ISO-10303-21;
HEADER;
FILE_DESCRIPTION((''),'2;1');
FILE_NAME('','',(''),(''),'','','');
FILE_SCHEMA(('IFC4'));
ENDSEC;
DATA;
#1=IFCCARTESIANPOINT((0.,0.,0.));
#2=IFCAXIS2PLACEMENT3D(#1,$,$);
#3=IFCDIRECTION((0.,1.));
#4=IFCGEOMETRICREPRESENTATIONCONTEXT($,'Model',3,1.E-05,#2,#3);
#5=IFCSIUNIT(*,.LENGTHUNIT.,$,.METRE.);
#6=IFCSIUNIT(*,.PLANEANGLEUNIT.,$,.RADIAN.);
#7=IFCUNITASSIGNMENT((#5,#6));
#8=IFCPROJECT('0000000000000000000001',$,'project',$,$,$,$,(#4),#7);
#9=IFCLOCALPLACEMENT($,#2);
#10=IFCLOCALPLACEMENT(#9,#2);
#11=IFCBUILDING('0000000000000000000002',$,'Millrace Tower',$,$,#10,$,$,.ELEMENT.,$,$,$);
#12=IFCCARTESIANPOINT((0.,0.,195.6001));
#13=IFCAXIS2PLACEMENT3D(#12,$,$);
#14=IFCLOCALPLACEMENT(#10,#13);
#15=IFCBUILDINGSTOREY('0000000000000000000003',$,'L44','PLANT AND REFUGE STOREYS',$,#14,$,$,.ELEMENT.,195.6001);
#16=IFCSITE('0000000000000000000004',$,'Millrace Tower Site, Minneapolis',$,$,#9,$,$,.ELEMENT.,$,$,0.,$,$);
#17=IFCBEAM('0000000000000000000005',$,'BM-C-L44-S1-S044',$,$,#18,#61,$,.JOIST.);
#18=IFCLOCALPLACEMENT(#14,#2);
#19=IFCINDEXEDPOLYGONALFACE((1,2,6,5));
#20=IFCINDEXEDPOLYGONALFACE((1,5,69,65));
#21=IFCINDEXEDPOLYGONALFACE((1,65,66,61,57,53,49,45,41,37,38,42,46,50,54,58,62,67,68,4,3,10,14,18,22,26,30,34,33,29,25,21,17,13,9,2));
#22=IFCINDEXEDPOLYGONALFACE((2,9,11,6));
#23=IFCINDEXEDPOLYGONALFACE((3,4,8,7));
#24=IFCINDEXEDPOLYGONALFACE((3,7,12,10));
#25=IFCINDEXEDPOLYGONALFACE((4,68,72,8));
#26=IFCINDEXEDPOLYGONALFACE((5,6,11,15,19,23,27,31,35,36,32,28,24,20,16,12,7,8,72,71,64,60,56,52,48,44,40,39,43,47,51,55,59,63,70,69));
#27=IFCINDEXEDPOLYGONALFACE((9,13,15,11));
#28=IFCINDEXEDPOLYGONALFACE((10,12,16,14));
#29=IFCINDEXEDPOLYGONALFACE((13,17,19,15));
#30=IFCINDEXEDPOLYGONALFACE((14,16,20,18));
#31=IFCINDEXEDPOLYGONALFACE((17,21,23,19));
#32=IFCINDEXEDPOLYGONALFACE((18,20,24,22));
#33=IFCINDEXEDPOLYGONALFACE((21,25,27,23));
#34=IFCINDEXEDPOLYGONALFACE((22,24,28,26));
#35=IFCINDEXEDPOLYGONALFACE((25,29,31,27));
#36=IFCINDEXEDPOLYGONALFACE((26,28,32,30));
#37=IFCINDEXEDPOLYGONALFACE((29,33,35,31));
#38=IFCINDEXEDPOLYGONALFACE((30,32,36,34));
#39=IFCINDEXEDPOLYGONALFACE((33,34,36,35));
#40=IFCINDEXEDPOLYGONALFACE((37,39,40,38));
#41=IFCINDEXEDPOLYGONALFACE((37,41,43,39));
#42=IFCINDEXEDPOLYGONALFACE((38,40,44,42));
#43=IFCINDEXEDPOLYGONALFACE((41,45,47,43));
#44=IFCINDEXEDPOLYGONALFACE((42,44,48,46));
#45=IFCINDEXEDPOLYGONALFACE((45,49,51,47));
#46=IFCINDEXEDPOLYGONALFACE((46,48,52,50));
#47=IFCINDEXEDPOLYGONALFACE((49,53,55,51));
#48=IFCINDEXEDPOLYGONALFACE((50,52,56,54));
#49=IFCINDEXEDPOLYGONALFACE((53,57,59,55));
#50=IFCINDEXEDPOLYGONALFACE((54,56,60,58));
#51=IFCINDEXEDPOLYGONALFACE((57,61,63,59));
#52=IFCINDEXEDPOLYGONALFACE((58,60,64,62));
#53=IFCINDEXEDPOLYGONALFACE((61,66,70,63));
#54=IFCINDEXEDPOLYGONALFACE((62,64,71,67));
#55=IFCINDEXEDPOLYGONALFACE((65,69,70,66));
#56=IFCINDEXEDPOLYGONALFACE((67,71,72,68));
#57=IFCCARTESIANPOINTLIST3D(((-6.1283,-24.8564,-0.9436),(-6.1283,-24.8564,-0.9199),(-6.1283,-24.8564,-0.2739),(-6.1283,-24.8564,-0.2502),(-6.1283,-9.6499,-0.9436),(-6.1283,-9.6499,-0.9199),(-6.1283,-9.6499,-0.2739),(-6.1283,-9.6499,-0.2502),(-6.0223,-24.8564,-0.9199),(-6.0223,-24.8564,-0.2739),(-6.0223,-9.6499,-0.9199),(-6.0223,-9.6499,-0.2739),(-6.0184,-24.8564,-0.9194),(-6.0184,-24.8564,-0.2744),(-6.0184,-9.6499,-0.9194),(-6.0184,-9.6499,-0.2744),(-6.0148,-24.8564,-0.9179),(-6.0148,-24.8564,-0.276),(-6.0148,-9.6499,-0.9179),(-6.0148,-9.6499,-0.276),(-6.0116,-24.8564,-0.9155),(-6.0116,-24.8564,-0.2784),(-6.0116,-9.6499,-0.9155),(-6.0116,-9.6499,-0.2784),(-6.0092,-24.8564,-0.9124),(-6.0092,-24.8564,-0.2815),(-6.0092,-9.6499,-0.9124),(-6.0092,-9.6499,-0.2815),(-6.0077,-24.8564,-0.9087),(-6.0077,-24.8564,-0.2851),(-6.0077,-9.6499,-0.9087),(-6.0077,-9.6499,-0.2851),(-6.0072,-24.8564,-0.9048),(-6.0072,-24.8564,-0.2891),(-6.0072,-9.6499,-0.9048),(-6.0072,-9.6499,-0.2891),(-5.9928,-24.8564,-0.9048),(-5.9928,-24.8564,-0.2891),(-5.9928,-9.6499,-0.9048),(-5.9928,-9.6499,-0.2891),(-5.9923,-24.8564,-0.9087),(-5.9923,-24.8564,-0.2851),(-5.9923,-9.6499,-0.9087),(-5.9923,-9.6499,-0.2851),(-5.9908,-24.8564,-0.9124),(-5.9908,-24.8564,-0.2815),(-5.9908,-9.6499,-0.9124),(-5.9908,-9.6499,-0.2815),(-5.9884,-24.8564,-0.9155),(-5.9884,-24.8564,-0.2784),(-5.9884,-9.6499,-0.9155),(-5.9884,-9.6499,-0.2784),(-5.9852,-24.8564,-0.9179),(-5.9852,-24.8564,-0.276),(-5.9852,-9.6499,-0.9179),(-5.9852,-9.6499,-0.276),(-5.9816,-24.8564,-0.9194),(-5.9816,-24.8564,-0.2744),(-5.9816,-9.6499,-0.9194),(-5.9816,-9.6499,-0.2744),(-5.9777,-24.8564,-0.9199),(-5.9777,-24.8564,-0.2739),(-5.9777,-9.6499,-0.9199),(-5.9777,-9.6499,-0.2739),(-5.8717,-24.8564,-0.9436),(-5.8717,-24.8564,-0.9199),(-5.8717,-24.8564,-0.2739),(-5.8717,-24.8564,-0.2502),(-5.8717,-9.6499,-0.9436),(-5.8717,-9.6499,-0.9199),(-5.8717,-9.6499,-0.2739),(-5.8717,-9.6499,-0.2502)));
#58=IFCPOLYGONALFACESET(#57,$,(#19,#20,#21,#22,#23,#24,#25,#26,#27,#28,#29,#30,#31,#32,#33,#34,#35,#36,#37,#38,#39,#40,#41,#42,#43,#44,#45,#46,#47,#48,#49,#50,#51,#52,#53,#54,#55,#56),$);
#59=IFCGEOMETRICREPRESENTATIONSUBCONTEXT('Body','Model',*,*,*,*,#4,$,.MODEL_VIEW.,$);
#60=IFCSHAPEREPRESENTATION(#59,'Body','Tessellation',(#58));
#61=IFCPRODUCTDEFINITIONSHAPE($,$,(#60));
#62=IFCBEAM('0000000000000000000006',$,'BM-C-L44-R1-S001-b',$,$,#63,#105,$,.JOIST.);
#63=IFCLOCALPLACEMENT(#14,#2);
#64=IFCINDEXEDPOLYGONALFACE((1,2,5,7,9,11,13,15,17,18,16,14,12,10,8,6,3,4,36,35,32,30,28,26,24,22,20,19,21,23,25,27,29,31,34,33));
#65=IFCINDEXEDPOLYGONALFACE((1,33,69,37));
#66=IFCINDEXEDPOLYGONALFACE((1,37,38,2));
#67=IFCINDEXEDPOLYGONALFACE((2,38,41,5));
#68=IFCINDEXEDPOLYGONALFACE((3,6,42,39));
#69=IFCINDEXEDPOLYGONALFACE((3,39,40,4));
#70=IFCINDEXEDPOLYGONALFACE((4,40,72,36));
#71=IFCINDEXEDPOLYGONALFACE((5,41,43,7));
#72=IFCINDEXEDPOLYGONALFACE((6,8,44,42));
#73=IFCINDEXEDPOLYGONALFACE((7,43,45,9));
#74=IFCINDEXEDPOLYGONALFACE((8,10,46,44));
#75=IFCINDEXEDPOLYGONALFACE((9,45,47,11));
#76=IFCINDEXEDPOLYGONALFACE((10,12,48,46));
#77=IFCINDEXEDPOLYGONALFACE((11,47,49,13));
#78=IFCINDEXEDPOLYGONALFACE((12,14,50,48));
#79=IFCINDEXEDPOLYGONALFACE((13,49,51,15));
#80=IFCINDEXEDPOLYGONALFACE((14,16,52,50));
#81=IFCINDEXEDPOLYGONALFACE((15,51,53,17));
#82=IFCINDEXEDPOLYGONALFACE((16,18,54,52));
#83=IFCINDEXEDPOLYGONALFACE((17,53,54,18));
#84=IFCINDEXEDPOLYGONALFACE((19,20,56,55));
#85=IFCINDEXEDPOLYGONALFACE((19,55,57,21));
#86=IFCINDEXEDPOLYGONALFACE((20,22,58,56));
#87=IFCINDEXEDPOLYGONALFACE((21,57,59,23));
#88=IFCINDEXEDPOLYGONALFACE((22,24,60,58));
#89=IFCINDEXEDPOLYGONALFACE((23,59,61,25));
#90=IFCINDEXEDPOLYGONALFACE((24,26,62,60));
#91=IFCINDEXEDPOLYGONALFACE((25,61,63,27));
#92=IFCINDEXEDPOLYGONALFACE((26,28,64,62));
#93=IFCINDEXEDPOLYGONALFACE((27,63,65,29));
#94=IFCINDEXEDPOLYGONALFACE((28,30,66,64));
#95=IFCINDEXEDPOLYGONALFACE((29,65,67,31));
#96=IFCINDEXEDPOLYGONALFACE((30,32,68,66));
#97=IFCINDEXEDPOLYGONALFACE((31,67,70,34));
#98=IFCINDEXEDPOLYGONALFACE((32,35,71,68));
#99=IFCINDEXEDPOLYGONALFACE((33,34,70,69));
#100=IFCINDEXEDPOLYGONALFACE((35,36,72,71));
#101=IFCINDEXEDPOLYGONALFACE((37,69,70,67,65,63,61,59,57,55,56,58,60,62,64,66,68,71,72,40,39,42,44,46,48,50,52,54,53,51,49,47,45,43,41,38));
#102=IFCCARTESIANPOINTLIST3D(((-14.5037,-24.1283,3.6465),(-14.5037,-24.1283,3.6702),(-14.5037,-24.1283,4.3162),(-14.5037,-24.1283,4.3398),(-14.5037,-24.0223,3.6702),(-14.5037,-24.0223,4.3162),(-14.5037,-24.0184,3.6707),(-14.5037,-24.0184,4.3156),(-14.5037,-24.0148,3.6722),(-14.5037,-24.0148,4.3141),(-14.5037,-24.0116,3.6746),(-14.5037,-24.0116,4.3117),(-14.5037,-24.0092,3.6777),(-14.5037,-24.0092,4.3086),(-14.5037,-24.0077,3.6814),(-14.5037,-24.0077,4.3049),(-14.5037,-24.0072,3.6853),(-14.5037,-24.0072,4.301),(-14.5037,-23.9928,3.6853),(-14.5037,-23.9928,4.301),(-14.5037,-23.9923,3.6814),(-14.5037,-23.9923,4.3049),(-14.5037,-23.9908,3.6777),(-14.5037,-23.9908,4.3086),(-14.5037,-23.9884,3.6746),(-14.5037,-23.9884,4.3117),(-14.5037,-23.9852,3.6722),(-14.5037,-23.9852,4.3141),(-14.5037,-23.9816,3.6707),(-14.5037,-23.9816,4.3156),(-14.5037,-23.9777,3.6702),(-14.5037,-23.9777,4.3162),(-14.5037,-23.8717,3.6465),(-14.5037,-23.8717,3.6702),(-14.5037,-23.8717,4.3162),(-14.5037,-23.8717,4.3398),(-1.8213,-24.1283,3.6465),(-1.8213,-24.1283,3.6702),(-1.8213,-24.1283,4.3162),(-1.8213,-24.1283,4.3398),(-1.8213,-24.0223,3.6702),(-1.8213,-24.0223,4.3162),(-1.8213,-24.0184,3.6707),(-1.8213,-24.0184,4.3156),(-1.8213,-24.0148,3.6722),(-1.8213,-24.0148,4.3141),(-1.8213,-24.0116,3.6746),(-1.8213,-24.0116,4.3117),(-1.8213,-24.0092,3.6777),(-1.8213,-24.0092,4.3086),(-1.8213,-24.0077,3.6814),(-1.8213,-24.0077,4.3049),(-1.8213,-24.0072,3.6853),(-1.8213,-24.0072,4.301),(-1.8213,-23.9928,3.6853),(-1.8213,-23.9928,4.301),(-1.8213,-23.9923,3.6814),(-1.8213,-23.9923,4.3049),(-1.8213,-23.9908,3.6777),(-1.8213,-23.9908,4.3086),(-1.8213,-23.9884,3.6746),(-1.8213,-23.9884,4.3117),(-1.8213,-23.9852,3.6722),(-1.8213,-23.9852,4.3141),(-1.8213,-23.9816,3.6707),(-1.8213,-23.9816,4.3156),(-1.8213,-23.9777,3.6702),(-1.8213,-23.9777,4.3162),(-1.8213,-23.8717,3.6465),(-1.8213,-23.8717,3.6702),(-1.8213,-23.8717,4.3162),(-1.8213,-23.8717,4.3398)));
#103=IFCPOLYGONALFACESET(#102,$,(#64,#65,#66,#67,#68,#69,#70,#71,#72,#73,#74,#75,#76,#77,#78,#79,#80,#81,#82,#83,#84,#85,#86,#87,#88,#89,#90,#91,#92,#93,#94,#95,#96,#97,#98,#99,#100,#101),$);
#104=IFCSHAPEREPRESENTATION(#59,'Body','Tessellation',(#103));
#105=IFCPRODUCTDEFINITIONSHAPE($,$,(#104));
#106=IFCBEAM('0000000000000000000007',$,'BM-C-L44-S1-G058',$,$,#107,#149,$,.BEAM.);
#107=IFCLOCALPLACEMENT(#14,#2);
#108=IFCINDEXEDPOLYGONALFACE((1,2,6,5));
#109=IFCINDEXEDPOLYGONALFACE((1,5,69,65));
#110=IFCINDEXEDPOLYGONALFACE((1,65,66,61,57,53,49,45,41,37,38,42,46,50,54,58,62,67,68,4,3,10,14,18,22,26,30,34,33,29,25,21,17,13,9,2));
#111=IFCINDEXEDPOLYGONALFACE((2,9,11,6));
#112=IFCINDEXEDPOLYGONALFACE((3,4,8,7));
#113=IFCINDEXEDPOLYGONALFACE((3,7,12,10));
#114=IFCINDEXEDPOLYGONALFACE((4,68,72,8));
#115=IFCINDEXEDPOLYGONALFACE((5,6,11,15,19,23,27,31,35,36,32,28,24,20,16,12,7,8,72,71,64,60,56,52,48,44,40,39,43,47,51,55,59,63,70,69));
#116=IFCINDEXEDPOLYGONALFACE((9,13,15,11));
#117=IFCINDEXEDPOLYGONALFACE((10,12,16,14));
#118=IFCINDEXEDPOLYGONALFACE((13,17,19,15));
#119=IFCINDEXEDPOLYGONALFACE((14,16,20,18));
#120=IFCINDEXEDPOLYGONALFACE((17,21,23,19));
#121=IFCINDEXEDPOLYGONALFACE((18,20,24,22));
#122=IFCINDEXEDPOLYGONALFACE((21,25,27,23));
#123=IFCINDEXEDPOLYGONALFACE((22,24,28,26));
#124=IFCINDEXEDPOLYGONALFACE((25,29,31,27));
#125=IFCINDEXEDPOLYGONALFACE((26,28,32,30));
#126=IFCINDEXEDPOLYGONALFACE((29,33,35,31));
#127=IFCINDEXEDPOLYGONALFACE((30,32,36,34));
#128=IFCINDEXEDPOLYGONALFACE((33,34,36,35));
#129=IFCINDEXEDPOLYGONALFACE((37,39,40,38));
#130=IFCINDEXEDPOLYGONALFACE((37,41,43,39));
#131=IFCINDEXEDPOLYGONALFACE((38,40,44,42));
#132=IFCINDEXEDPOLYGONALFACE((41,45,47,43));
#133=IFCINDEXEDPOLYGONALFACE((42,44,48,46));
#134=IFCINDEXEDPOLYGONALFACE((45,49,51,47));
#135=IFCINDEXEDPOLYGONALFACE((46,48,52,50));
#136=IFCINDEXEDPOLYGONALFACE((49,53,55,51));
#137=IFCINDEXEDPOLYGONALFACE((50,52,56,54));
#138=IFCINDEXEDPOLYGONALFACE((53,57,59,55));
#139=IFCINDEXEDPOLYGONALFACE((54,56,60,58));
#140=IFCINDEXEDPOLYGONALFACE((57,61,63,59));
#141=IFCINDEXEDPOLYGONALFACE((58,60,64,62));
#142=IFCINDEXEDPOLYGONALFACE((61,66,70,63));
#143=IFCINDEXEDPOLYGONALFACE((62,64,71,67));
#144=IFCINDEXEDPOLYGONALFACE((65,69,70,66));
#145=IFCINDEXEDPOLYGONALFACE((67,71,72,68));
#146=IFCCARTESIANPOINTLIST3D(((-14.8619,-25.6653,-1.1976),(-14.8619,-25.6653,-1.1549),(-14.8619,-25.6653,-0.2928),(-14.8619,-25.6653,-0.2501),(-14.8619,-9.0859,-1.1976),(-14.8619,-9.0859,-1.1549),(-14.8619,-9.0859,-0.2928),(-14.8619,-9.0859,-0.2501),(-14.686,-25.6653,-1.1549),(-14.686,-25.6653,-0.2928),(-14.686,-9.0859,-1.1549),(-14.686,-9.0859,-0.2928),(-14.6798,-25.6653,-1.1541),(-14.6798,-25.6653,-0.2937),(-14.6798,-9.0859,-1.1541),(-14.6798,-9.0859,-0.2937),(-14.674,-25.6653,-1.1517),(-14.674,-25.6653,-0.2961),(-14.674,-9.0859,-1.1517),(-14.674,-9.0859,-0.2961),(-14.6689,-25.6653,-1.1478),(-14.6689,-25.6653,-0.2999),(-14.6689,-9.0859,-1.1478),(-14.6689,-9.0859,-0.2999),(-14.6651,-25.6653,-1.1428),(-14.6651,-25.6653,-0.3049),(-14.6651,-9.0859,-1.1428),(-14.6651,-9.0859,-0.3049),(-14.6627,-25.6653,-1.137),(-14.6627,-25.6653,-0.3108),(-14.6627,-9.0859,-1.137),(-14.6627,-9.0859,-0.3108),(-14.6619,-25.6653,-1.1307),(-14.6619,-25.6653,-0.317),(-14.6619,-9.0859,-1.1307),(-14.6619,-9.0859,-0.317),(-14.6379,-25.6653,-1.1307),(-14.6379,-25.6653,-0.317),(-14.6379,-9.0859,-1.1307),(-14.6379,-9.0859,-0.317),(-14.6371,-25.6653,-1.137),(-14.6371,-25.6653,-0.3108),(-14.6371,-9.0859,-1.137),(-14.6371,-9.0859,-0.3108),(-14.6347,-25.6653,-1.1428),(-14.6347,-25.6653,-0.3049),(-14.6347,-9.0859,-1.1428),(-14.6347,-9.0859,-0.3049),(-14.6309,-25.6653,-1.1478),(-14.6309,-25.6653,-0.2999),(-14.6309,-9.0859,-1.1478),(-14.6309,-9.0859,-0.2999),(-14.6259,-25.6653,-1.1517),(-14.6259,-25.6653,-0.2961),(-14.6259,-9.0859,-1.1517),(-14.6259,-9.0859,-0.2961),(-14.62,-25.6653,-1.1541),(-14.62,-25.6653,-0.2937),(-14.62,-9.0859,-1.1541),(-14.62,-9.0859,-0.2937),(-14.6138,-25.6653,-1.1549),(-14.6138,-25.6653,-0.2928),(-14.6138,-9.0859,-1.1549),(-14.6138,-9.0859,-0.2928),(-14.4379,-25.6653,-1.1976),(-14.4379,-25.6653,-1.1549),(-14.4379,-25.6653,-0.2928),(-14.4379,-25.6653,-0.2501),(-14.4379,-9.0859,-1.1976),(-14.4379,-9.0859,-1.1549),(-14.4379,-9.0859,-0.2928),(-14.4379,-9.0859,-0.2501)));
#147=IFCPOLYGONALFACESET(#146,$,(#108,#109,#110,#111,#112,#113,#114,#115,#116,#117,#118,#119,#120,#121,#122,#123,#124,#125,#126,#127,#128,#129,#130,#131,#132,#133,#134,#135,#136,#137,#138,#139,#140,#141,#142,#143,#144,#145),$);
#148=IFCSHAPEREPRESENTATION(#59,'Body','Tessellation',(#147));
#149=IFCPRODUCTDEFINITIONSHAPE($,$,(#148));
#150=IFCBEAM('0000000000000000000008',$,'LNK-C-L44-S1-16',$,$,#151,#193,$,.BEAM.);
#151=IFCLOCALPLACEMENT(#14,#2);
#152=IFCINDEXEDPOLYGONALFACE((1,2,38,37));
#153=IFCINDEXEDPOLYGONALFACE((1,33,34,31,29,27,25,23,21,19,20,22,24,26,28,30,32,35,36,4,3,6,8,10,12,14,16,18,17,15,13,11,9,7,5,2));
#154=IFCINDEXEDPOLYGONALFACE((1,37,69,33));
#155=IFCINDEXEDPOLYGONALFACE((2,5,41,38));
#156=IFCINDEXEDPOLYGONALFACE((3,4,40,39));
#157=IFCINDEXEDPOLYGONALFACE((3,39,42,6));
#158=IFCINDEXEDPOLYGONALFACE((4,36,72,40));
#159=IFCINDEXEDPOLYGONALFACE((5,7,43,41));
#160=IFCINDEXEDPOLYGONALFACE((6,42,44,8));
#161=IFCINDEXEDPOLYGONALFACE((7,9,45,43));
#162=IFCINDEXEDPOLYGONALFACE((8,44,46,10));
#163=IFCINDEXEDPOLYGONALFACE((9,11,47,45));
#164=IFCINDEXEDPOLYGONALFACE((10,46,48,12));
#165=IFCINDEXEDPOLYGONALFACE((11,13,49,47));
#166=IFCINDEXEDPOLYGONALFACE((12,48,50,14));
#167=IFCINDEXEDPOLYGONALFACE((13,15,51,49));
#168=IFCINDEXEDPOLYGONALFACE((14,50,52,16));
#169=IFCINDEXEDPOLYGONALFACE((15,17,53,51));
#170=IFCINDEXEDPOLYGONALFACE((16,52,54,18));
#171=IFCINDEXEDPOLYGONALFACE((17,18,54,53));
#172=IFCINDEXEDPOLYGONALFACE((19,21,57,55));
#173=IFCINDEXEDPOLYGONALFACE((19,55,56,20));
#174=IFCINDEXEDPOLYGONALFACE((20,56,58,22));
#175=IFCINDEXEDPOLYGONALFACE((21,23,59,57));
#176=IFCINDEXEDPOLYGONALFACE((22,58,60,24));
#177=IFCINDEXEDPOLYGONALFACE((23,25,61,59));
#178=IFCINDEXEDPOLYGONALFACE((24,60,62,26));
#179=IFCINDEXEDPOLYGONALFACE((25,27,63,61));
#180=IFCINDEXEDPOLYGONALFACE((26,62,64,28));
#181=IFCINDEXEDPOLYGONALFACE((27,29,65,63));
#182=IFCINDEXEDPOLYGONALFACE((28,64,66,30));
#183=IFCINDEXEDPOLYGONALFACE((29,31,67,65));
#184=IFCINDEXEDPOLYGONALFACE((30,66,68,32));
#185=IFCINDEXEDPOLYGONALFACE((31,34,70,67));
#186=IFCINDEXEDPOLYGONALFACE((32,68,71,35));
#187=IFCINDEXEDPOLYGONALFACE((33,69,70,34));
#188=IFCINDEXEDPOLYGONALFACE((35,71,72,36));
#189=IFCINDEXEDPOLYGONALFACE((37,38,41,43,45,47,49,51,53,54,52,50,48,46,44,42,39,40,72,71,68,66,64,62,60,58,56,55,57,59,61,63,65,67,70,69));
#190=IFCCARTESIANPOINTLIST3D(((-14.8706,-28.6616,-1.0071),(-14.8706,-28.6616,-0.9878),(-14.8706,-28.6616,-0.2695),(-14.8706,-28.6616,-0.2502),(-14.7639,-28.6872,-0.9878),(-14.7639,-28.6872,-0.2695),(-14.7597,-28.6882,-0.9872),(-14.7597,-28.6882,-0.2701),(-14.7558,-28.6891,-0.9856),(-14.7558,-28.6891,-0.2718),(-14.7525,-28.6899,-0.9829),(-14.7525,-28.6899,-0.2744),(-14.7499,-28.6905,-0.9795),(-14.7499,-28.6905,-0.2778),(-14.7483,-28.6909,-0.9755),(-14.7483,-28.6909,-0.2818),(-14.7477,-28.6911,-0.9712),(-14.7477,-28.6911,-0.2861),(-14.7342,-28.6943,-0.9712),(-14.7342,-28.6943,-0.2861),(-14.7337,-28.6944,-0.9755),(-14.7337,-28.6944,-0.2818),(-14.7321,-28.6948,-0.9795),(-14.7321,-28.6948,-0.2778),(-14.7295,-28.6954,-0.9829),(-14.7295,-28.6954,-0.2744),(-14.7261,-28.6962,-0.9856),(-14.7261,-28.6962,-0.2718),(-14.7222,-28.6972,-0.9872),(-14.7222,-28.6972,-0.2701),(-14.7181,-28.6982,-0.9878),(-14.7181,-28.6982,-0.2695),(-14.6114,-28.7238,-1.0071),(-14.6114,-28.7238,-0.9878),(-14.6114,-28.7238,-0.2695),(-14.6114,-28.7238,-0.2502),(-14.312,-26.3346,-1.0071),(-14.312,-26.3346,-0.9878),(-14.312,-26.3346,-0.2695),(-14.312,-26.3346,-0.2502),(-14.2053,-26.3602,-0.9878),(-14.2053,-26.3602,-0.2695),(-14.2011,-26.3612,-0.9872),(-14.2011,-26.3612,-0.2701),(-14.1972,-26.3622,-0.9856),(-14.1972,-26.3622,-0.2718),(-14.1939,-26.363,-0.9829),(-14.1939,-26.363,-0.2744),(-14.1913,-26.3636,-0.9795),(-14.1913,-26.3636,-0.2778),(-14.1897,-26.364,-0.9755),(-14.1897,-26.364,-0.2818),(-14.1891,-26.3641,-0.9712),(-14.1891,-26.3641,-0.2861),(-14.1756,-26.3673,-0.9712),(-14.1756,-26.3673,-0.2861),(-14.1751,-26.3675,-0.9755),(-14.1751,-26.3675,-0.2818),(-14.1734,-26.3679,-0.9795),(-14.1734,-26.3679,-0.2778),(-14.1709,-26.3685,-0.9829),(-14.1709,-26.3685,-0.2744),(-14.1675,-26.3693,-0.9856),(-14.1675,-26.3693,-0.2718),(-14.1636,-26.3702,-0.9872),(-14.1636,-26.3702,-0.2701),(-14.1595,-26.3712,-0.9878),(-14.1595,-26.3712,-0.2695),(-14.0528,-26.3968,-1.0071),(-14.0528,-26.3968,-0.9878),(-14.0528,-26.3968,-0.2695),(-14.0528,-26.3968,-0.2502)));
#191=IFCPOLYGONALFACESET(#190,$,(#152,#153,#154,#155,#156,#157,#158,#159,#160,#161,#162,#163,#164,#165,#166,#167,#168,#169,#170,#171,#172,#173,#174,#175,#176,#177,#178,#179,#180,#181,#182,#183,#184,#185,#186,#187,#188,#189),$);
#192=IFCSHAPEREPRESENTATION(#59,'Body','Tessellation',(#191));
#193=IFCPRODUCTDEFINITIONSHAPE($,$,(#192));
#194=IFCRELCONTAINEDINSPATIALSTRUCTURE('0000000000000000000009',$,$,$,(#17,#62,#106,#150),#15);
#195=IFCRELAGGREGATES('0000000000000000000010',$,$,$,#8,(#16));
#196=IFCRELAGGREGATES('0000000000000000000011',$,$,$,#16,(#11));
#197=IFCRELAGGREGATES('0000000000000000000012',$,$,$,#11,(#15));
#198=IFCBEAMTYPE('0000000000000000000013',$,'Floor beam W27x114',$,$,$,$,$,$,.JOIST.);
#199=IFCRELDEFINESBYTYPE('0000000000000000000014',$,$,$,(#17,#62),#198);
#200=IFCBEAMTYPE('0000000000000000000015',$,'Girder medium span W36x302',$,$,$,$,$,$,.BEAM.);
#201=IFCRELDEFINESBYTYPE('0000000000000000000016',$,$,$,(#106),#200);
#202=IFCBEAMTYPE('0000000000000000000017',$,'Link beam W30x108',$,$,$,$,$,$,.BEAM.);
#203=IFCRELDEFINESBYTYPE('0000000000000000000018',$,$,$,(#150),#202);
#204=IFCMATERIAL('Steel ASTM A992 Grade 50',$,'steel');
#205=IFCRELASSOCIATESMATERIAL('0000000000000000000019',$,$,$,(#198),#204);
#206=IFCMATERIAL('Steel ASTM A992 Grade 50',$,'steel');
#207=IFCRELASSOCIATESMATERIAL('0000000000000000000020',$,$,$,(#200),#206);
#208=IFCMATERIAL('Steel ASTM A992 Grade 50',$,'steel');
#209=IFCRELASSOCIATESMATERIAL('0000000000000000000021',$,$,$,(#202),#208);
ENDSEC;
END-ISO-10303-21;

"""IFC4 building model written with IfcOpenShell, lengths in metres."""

from ifc_helpers import new_model, si_unit, direction, frame, origin, origin_2d, place, context, subcontext, project, spatial, i_section, extrude, material, material_profile, profile_set, type_object, element, save


model = new_model("IFC4")

# Units and contexts
model_context = context("Model", 3, precision=1e-05, world=origin(), true_north=direction((0.0, 1.0)))
body_context = subcontext(model_context, "Body", "Model", "MODEL_VIEW")
ifc_project = project(units=[si_unit("LENGTHUNIT", "METRE"), si_unit("PLANEANGLEUNIT", "RADIAN")], contexts=[model_context])

# Site, building, storey
site_placement = place(None, origin())
site = spatial("IfcSite", under=ifc_project, at=site_placement, Name="Millrace Tower Site, Minneapolis", CompositionType="ELEMENT", RefElevation=0.0)
building_placement = place(site_placement, origin())
building = spatial("IfcBuilding", under=site, at=building_placement, Name="Millrace Tower", CompositionType="ELEMENT")
storey_placement = place(building_placement, frame((0.0, 0.0, 195.6001)))
storey = spatial("IfcBuildingStorey", under=building, at=storey_placement, Name="L44", Description="PLANT AND REFUGE STOREYS", CompositionType="ELEMENT", Elevation=195.6001)

# Beams
ifc_material_1 = material(Name="Steel ASTM A992 Grade 50", Category="steel")
ifc_material_profile_1 = material_profile(ifc_material_1, i_section(OverallWidth=0.2566, OverallDepth=0.6934, WebThickness=0.0144, FlangeThickness=0.0237, FilletRadius=0.0151, at=origin_2d()))
ifc_profile_set_1 = profile_set([ifc_material_profile_1], Name="Steel ASTM A992 Grade 50")
beam_type_1 = type_object("IfcBeamType", Name="Floor beam W27x114", PredefinedType="JOIST", material=ifc_profile_set_1)
beam_1_placement = place(storey_placement, frame((-6.0, -24.8564, -0.5969), z_axis=(0.0, 1.0, 0.0), x_axis=(-1.0, 0.0, 0.0)))
element("IfcBeam", 1, at=beam_1_placement, inside=storey, type_object=beam_type_1, Name="BM-C-L44-S1-S044", PredefinedType="JOIST", context=body_context, shape_type="SweptSolid", body=[
    extrude(i_section(OverallWidth=0.2566, OverallDepth=0.6934, WebThickness=0.0144, FlangeThickness=0.0237, FilletRadius=0.0151, at=origin_2d()), origin(), (0.0, 0.0, 1.0), 15.2065),
])
beam_2_placement = place(storey_placement, frame((-14.5037, -24.0, 3.9932), z_axis=(1.0, 0.0, 0.0), x_axis=(0.0, 1.0, 0.0)))
element("IfcBeam", 2, at=beam_2_placement, inside=storey, type_object=beam_type_1, Name="BM-C-L44-R1-S001-b", PredefinedType="JOIST", context=body_context, shape_type="SweptSolid", body=[
    extrude(i_section(OverallWidth=0.2566, OverallDepth=0.6934, WebThickness=0.0144, FlangeThickness=0.0237, FilletRadius=0.0151, at=origin_2d()), origin(), (0.0, 0.0, 1.0), 12.6824),
])
ifc_material_2 = material(Name="Steel ASTM A992 Grade 50", Category="steel")
ifc_material_profile_2 = material_profile(ifc_material_2, i_section(OverallWidth=0.4241, OverallDepth=0.9475, WebThickness=0.0239, FlangeThickness=0.0427, FilletRadius=0.0242, at=origin_2d()))
ifc_profile_set_2 = profile_set([ifc_material_profile_2], Name="Steel ASTM A992 Grade 50")
beam_type_2 = type_object("IfcBeamType", Name="Girder medium span W36x302", PredefinedType="BEAM", material=ifc_profile_set_2)
beam_3_placement = place(storey_placement, frame((-14.6499, -25.6653, -0.7239), z_axis=(0.0, 1.0, 0.0), x_axis=(-1.0, 0.0, 0.0)))
element("IfcBeam", 3, at=beam_3_placement, inside=storey, type_object=beam_type_2, Name="BM-C-L44-S1-G058", PredefinedType="BEAM", context=body_context, shape_type="SweptSolid", body=[
    extrude(i_section(OverallWidth=0.4241, OverallDepth=0.9475, WebThickness=0.0239, FlangeThickness=0.0427, FilletRadius=0.0242, at=origin_2d()), origin(), (0.0, 0.0, 1.0), 16.5793),
])
ifc_material_3 = material(Name="Steel ASTM A992 Grade 50", Category="steel")
ifc_material_profile_3 = material_profile(ifc_material_3, i_section(OverallWidth=0.2666, OverallDepth=0.7568, WebThickness=0.0139, FlangeThickness=0.0193, FilletRadius=0.0166, at=origin_2d()))
ifc_profile_set_3 = profile_set([ifc_material_profile_3], Name="Steel ASTM A992 Grade 50")
beam_type_3 = type_object("IfcBeamType", Name="Link beam W30x108", PredefinedType="BEAM", material=ifc_profile_set_3)
beam_4_placement = place(storey_placement, frame((-14.1824, -26.3657, -0.6287), z_axis=(-0.233427, -0.972374, 0.0), x_axis=(0.972374, -0.233427, 0.0)))
element("IfcBeam", 4, at=beam_4_placement, inside=storey, type_object=beam_type_3, Name="LNK-C-L44-S1-16", PredefinedType="BEAM", context=body_context, shape_type="SweptSolid", body=[
    extrude(i_section(OverallWidth=0.2666, OverallDepth=0.7568, WebThickness=0.0139, FlangeThickness=0.0193, FilletRadius=0.0166, at=origin_2d()), origin(), (0.0, 0.0, 1.0), 2.3931),
])

save(model, "model.ifc")
